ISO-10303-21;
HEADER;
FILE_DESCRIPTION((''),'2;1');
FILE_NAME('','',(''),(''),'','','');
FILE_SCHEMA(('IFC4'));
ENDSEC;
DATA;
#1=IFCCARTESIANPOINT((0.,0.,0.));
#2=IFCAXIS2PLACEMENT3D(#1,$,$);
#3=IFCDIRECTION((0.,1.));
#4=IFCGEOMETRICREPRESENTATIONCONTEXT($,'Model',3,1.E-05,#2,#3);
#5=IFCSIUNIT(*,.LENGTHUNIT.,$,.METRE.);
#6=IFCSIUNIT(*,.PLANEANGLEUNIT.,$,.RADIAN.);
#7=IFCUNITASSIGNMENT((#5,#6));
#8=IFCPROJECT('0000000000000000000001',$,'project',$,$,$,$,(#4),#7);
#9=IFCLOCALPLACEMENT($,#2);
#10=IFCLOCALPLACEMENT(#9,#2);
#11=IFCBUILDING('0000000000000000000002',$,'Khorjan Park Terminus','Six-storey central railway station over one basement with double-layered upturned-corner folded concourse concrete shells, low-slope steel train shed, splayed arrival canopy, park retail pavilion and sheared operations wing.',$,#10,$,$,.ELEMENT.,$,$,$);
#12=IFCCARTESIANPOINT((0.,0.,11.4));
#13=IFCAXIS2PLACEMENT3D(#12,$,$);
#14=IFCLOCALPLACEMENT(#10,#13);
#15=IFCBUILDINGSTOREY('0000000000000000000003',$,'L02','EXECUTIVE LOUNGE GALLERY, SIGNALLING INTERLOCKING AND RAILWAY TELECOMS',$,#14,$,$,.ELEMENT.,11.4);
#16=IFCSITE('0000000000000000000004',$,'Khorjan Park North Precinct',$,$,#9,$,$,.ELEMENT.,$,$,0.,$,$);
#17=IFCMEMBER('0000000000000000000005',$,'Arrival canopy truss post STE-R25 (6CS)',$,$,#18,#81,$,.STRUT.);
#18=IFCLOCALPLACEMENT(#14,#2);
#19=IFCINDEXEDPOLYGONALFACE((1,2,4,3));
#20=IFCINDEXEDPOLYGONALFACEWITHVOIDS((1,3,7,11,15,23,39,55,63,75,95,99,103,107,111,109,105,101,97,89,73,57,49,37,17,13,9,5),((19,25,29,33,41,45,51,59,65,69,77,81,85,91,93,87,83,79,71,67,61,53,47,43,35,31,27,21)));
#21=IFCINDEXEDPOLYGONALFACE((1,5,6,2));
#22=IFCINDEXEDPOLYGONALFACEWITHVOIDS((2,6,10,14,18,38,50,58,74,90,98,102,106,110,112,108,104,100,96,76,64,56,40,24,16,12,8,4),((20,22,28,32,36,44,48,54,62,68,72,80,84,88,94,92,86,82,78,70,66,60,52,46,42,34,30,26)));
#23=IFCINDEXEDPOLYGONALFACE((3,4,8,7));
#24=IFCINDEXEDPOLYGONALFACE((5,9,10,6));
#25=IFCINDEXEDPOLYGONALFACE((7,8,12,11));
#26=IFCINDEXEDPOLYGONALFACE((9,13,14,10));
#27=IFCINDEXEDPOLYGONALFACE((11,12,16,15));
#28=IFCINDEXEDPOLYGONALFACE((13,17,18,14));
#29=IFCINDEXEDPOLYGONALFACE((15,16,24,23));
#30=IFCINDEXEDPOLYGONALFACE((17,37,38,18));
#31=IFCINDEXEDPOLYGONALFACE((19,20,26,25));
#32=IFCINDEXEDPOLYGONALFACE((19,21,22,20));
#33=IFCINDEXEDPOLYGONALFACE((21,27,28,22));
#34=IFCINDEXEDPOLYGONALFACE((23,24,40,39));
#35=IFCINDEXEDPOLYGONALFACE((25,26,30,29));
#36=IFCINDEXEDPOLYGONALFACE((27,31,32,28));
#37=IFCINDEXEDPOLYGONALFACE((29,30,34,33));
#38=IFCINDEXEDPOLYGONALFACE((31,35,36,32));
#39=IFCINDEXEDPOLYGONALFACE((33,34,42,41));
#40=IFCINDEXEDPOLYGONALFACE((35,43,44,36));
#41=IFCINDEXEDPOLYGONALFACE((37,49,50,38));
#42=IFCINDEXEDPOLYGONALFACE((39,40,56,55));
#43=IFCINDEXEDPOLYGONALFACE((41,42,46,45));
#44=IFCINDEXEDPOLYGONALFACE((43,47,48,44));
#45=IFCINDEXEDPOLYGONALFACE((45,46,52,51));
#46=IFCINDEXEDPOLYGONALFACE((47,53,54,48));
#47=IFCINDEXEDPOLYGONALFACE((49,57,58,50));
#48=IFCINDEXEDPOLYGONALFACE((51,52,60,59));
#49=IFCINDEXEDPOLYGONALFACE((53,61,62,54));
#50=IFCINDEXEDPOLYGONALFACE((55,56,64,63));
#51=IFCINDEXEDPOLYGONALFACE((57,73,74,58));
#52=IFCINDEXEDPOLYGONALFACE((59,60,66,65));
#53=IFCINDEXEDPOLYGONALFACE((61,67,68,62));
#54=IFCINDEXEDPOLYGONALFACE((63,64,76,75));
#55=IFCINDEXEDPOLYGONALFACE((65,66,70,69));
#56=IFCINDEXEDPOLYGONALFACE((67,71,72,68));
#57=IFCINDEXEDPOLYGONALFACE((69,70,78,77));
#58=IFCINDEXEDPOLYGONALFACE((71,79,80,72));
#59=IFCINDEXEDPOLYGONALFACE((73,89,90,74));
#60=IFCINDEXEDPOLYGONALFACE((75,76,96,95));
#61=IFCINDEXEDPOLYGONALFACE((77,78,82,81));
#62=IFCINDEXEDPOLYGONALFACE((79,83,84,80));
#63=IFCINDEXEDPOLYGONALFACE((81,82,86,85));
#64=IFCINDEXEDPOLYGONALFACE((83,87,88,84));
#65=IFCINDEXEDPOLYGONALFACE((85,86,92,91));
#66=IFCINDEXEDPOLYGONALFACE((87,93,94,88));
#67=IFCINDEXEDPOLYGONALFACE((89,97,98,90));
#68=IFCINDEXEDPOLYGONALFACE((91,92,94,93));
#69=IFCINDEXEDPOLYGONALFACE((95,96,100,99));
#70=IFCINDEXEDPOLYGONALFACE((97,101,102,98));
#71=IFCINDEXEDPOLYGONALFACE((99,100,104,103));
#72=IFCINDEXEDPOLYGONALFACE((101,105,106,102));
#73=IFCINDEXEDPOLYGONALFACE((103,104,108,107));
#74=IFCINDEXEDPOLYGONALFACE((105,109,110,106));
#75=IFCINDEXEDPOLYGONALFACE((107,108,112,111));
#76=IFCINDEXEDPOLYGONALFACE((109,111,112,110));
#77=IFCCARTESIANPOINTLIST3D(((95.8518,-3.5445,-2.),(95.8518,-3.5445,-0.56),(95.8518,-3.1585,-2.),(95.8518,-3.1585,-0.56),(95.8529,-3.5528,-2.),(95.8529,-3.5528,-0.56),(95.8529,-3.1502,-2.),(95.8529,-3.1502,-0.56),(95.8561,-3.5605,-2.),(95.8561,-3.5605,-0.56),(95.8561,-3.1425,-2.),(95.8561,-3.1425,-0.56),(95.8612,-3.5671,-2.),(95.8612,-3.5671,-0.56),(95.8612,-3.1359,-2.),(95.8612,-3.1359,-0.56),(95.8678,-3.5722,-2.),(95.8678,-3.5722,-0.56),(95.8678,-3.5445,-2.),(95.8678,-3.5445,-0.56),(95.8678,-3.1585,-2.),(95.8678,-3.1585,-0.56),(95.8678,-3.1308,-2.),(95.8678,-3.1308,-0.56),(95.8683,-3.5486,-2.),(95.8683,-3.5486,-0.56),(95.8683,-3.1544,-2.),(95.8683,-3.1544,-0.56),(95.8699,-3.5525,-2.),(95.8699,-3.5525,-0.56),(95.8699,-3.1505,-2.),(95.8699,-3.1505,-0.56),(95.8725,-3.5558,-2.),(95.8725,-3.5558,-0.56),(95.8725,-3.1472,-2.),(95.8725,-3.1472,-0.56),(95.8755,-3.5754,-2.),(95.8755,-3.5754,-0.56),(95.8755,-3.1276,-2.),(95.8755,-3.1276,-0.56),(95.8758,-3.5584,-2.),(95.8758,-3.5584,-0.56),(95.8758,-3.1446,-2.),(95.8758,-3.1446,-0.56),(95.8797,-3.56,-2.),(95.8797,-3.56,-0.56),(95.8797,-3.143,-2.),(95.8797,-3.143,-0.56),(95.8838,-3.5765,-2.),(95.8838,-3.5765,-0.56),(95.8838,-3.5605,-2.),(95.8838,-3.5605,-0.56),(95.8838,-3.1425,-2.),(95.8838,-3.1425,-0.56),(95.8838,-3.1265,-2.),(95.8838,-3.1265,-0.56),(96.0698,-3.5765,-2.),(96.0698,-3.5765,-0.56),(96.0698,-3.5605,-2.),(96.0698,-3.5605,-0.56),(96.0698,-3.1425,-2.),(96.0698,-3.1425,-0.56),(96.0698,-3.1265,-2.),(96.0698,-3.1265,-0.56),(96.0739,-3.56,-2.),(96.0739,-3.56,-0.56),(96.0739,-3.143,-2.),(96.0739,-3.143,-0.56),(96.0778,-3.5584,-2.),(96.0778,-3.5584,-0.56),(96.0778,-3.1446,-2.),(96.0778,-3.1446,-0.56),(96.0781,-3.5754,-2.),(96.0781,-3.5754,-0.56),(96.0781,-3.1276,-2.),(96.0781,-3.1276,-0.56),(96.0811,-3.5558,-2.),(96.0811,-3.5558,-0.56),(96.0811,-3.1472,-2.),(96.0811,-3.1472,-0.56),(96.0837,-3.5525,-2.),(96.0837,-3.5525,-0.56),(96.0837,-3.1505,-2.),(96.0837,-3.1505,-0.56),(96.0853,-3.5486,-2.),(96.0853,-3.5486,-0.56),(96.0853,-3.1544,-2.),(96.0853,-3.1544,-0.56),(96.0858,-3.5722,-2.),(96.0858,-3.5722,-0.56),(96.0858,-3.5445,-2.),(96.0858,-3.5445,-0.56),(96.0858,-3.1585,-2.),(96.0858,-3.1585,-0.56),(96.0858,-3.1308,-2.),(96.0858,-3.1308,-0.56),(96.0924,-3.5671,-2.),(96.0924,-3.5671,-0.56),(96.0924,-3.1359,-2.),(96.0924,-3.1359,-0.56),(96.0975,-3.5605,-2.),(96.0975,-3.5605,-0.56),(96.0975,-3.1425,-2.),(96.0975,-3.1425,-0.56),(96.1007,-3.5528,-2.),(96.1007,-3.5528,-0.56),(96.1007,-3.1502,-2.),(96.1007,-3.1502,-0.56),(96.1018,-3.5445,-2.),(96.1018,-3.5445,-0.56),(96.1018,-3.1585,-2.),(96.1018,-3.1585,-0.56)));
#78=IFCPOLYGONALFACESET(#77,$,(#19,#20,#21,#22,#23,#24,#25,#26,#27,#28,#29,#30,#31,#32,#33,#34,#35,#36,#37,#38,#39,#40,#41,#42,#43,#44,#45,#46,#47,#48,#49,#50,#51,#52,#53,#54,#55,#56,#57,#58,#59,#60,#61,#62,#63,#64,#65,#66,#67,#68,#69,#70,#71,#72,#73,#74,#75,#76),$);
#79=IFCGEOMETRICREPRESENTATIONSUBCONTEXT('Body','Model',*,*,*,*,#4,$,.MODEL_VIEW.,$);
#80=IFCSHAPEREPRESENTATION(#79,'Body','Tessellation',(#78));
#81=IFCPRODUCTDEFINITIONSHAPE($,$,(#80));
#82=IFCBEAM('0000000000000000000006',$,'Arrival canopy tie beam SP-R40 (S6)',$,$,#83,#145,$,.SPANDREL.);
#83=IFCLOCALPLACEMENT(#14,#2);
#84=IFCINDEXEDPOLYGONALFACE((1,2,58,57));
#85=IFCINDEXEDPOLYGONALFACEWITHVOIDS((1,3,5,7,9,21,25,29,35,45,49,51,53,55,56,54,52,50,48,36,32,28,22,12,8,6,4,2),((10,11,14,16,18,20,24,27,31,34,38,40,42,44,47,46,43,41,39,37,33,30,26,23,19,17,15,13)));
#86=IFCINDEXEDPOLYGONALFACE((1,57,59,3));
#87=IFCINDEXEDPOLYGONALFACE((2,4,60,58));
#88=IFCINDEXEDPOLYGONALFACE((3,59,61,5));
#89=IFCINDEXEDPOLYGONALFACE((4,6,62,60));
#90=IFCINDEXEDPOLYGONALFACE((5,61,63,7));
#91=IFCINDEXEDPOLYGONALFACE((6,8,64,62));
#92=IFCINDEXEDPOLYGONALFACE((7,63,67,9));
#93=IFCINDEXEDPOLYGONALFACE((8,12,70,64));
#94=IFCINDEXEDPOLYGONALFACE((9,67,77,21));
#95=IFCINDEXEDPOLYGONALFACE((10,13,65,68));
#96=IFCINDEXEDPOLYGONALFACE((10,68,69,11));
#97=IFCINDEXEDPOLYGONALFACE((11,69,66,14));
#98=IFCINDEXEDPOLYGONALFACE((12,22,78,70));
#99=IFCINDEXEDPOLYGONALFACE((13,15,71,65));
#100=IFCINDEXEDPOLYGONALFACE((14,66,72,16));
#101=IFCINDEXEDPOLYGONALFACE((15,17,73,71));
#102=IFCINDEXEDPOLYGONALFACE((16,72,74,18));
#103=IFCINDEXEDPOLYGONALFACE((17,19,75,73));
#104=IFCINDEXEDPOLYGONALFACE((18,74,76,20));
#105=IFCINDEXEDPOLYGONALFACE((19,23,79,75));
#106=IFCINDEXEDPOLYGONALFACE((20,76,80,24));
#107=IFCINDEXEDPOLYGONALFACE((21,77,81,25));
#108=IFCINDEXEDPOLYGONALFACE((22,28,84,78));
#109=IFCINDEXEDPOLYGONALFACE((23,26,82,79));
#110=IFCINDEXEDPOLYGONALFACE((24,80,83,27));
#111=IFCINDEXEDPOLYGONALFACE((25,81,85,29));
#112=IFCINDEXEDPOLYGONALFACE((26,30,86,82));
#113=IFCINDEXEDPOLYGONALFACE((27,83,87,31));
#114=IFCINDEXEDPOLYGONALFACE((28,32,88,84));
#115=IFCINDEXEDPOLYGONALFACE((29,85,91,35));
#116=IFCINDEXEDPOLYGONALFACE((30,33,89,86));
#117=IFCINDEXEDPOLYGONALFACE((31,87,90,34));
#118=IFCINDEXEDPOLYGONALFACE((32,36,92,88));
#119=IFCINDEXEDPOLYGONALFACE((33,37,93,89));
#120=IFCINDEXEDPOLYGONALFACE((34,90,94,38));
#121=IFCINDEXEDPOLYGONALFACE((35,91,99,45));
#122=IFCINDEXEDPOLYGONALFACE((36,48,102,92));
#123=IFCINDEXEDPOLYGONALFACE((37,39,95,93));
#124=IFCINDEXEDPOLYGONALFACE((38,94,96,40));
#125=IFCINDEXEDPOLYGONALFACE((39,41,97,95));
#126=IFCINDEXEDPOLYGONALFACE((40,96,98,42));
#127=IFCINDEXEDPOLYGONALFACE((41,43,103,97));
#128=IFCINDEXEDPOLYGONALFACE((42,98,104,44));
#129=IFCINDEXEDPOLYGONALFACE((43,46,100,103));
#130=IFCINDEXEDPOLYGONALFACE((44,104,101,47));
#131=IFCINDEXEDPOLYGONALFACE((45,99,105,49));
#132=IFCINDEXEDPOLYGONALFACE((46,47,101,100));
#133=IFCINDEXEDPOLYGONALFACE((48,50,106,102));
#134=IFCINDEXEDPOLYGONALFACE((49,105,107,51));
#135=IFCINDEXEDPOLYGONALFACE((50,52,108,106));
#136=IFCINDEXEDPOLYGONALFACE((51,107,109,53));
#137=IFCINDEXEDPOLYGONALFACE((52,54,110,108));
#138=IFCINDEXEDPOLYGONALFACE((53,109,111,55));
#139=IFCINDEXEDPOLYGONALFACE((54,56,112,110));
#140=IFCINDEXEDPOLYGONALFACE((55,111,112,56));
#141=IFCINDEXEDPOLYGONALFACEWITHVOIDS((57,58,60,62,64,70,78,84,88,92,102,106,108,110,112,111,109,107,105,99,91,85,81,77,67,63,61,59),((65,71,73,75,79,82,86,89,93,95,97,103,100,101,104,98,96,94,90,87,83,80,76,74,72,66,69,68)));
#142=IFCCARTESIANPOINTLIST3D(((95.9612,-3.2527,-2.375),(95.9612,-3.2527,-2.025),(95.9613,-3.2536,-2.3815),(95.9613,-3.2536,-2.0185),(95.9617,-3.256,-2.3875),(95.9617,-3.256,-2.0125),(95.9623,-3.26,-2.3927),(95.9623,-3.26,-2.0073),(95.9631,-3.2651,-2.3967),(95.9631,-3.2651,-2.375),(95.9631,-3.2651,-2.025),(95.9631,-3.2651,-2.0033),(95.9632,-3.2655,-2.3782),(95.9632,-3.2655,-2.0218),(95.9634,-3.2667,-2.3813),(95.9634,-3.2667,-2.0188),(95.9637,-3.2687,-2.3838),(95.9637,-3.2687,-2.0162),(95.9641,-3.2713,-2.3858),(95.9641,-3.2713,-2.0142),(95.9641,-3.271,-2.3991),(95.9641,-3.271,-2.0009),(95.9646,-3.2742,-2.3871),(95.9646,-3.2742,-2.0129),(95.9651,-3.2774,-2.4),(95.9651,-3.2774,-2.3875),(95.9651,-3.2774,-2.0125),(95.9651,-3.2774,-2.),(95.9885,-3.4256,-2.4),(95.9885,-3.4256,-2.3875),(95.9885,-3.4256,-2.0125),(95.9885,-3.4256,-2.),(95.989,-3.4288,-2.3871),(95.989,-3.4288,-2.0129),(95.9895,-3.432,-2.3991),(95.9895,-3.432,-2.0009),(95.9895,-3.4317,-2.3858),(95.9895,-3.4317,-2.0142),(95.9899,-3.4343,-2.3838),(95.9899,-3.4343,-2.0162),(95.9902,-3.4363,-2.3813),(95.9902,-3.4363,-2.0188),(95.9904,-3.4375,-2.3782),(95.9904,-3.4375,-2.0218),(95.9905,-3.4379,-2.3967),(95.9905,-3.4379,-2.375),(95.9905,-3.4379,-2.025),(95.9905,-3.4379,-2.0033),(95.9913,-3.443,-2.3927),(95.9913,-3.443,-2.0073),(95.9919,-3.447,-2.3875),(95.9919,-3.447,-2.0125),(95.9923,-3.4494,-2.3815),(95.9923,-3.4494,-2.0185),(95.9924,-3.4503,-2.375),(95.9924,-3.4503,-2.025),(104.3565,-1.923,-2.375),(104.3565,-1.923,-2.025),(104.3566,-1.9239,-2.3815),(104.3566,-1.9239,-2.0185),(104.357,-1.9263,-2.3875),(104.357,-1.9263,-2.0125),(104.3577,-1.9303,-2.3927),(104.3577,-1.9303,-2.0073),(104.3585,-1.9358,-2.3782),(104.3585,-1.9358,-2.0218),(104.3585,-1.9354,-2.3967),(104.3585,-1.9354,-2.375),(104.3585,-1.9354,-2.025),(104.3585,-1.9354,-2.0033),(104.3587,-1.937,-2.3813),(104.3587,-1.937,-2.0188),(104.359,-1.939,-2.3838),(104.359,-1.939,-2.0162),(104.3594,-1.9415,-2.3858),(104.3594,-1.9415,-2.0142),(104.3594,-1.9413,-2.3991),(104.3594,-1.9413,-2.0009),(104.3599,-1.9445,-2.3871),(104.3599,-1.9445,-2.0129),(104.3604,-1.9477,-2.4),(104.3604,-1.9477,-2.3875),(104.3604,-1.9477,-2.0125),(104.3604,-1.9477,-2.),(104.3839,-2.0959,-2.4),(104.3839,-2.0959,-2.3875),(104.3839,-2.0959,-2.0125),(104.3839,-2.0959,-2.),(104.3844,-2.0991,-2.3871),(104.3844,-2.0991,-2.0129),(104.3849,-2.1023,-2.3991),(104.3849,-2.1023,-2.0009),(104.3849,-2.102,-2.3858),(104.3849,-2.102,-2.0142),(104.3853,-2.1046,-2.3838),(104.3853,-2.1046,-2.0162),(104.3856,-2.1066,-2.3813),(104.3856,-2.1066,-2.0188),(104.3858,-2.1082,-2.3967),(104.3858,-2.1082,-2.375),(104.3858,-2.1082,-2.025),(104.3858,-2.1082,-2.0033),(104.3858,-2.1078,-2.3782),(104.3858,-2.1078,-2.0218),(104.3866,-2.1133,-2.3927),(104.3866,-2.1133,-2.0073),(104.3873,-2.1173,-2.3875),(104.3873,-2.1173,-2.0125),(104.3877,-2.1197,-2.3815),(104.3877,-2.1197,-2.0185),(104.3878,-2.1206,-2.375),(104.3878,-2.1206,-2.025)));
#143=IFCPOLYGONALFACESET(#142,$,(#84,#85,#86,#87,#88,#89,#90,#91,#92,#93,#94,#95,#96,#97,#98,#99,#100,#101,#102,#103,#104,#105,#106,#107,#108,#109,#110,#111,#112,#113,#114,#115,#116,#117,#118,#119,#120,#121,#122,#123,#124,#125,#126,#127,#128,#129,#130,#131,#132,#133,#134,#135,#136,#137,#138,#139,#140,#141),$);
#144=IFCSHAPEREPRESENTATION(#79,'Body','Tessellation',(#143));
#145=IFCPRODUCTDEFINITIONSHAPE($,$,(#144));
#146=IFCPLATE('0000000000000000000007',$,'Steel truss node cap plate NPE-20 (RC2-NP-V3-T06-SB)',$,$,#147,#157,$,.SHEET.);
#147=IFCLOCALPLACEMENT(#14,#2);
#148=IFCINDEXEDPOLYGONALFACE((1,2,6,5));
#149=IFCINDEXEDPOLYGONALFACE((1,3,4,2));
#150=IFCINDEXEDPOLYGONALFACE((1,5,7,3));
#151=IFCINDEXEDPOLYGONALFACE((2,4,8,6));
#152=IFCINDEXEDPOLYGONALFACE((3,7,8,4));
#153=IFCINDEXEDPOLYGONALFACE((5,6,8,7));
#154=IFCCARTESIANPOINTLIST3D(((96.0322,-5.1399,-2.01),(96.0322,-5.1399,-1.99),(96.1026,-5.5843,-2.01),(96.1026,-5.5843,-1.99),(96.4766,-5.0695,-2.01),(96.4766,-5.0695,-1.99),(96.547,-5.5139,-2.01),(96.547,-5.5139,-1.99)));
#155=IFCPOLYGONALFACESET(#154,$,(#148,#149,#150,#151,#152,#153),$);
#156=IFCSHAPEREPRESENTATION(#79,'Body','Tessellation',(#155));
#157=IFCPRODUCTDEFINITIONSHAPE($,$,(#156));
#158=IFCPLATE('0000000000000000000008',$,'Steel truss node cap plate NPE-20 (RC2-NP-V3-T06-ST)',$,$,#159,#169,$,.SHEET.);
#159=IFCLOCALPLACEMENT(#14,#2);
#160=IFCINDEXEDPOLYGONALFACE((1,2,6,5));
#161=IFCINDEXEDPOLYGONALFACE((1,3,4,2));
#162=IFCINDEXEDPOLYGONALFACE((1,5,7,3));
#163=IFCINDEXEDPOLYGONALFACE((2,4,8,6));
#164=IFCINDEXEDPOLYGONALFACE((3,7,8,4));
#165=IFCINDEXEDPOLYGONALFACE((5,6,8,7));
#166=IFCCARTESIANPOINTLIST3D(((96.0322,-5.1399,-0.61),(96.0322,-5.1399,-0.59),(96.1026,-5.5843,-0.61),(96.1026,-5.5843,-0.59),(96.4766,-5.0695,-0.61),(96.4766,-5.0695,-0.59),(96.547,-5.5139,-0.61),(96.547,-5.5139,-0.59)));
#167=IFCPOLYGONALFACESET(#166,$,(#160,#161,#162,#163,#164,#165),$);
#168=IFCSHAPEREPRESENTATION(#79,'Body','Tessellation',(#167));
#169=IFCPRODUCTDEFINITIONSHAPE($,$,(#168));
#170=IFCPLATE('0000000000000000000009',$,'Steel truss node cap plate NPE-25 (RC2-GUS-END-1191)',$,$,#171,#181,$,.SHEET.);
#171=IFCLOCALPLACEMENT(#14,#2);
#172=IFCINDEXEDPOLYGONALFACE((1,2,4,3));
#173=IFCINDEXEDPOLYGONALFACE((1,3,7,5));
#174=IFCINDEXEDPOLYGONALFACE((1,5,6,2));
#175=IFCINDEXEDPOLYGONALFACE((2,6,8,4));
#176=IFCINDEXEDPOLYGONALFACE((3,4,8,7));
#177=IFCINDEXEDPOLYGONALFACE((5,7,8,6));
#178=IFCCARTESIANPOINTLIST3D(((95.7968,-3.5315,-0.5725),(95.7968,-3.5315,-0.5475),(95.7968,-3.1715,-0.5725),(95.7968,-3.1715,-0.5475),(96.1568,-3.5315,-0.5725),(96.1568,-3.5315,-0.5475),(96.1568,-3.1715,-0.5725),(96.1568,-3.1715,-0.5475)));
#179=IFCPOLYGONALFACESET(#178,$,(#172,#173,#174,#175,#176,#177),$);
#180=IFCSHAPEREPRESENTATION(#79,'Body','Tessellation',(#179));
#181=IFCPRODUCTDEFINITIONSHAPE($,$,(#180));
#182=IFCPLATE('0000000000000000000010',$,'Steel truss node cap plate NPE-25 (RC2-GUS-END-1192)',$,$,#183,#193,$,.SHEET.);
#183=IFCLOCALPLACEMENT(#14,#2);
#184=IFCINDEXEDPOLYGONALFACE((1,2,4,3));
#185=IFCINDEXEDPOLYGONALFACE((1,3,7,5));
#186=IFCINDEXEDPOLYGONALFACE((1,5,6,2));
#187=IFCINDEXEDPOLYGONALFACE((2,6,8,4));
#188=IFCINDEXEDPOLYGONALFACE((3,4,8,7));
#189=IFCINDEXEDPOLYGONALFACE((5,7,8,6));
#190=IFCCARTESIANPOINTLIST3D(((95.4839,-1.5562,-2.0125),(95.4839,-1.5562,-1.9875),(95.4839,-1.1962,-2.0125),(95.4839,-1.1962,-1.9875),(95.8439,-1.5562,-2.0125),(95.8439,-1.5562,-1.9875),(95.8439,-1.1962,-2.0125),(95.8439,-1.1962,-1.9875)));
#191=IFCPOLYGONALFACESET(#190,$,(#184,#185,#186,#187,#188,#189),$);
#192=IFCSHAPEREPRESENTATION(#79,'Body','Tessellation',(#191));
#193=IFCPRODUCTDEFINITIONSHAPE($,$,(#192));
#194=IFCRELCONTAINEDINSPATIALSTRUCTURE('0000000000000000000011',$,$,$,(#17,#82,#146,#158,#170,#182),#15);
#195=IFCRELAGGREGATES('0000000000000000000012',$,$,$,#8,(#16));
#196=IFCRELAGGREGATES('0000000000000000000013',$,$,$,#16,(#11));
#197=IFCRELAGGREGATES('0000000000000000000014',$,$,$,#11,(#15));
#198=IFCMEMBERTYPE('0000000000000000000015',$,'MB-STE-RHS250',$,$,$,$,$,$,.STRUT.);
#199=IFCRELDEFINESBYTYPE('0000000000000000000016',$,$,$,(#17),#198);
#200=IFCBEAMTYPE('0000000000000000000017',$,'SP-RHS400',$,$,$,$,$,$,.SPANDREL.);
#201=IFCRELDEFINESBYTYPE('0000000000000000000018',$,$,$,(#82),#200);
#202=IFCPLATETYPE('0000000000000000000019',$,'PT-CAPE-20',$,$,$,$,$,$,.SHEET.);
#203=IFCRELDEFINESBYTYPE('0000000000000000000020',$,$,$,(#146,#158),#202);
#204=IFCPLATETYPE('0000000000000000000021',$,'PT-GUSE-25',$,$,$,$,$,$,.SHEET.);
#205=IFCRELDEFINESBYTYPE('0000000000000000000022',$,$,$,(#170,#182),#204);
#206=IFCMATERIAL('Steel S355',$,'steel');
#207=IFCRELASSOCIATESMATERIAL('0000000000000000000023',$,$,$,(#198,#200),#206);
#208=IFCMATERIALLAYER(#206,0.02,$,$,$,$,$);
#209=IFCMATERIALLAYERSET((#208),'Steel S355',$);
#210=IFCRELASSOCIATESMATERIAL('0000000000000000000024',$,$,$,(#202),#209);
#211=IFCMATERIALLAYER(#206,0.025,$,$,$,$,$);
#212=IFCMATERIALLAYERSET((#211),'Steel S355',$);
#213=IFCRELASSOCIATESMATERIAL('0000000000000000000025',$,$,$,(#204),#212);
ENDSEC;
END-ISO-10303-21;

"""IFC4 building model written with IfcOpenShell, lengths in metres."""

from ifc_helpers import new_model, si_unit, direction, frame, origin, origin_2d, place, context, subcontext, project, spatial, rectangle, hollow_rectangle, extrude, material, layer, layer_set, material_profile, profile_set, type_object, element, save


model = new_model("IFC4")

# Units and contexts
model_context = context("Model", 3, precision=1e-05, world=origin(), true_north=direction((0.0, 1.0)))
body_context = subcontext(model_context, "Body", "Model", "MODEL_VIEW")
ifc_project = project(units=[si_unit("LENGTHUNIT", "METRE"), si_unit("PLANEANGLEUNIT", "RADIAN")], contexts=[model_context])

# Site, building, storey
site_placement = place(None, origin())
site = spatial("IfcSite", under=ifc_project, at=site_placement, Name="Khorjan Park North Precinct", CompositionType="ELEMENT", RefElevation=0.0)
building_placement = place(site_placement, origin())
building = spatial("IfcBuilding", under=site, at=building_placement, Name="Khorjan Park Terminus", Description="Six-storey central railway station over one basement with double-layered upturned-corner folded concourse concrete shells, low-slope steel train shed, splayed arrival canopy, park retail pavilion and sheared operations wing.", CompositionType="ELEMENT")
storey_placement = place(building_placement, frame((0.0, 0.0, 11.4)))
storey = spatial("IfcBuildingStorey", under=building, at=storey_placement, Name="L02", Description="EXECUTIVE LOUNGE GALLERY, SIGNALLING INTERLOCKING AND RAILWAY TELECOMS", CompositionType="ELEMENT", Elevation=11.4)

# Member
ifc_material = material(Name="Steel S355", Category="steel")
ifc_material_profile_1 = material_profile(ifc_material, hollow_rectangle(XDim=0.25, YDim=0.45, WallThickness=0.016, InnerFilletRadius=0.016, OuterFilletRadius=0.032, at=origin_2d()), Name="RHS 450x250x16")
ifc_profile_set_1 = profile_set([ifc_material_profile_1], Name="Steel S355")
member_type_1 = type_object("IfcMemberType", Name="MB-STE-RHS250", PredefinedType="STRUT", material=ifc_profile_set_1)
member_1_placement = place(storey_placement, frame((95.9768, -3.3515, -2.0), z_axis=(0.0, 0.0, 1.0), x_axis=(1.0, 0.0, 0.0)))
element("IfcMember", 1, at=member_1_placement, inside=storey, type_object=member_type_1, Name="Arrival canopy truss post STE-R25 (6CS)", PredefinedType="STRUT", context=body_context, shape_type="SweptSolid", body=[
    extrude(hollow_rectangle(XDim=0.25, YDim=0.45, WallThickness=0.016, InnerFilletRadius=0.016, OuterFilletRadius=0.032, at=origin_2d()), origin(), (0.0, 0.0, 1.0), 1.44),
])

# Beam
ifc_material_profile_2 = material_profile(ifc_material, hollow_rectangle(XDim=0.2, YDim=0.4, WallThickness=0.0125, InnerFilletRadius=0.0125, OuterFilletRadius=0.025, at=origin_2d()), Name="RHS 400x200x12.5")
ifc_profile_set_2 = profile_set([ifc_material_profile_2], Name="Steel S355")
beam_type = type_object("IfcBeamType", Name="SP-RHS400", PredefinedType="SPANDREL", material=ifc_profile_set_2)
beam_placement = place(storey_placement, frame((95.9768, -3.3515, -2.2), z_axis=(0.987688, 0.156436, 0.0), x_axis=(-0.156436, 0.987688, 0.0)))
element("IfcBeam", 2, at=beam_placement, inside=storey, type_object=beam_type, Name="Arrival canopy tie beam SP-R40 (S6)", PredefinedType="SPANDREL", context=body_context, shape_type="SweptSolid", body=[
    extrude(hollow_rectangle(XDim=0.2, YDim=0.4, WallThickness=0.0125, InnerFilletRadius=0.0125, OuterFilletRadius=0.025, at=origin_2d()), origin(), (0.0, 0.0, 1.0), 8.5),
])

# Plates
ifc_layer_1 = layer(ifc_material, 0.02)
ifc_layer_set_1 = layer_set([ifc_layer_1], Name="Steel S355")
plate_type_1 = type_object("IfcPlateType", Name="PT-CAPE-20", PredefinedType="SHEET", material=ifc_layer_set_1)
for number, where, z_axis, x_axis, name in (
    (3, (96.2896, -5.3269, -2.01), (0.0, 0.0, 1.0), (0.987688, 0.156434, 0.0), "Steel truss node cap plate NPE-20 (RC2-NP-V3-T06-SB)"),
    (4, (96.2896, -5.3269, -0.61), (0.0, 0.0, 1.0), (0.987688, 0.156434, 0.0), "Steel truss node cap plate NPE-20 (RC2-NP-V3-T06-ST)"),
):
    element("IfcPlate", number, at=place(storey_placement, frame(where, z_axis=z_axis, x_axis=x_axis)), inside=storey, type_object=plate_type_1, Name=name, PredefinedType="SHEET", context=body_context, shape_type="SweptSolid", body=[
        extrude(rectangle(XDim=0.45, YDim=0.45, at=origin_2d()), origin(), (0.0, 0.0, 1.0), 0.02),
    ])
ifc_layer_2 = layer(ifc_material, 0.025)
ifc_layer_set_2 = layer_set([ifc_layer_2], Name="Steel S355")
plate_type_2 = type_object("IfcPlateType", Name="PT-GUSE-25", PredefinedType="SHEET", material=ifc_layer_set_2)
for number, where, z_axis, x_axis, name in (
    (5, (95.9768, -3.3515, -0.5725), (0.0, 0.0, 1.0), (1.0, 0.0, 0.0), "Steel truss node cap plate NPE-25 (RC2-GUS-END-1191)"),
    (6, (95.6639, -1.3762, -2.0125), (0.0, 0.0, 1.0), (1.0, 0.0, 0.0), "Steel truss node cap plate NPE-25 (RC2-GUS-END-1192)"),
):
    element("IfcPlate", number, at=place(storey_placement, frame(where, z_axis=z_axis, x_axis=x_axis)), inside=storey, type_object=plate_type_2, Name=name, PredefinedType="SHEET", context=body_context, shape_type="SweptSolid", body=[
        extrude(rectangle(XDim=0.36, YDim=0.36, at=origin_2d()), origin(), (0.0, 0.0, 1.0), 0.025),
    ])

save(model, "model.ifc")
